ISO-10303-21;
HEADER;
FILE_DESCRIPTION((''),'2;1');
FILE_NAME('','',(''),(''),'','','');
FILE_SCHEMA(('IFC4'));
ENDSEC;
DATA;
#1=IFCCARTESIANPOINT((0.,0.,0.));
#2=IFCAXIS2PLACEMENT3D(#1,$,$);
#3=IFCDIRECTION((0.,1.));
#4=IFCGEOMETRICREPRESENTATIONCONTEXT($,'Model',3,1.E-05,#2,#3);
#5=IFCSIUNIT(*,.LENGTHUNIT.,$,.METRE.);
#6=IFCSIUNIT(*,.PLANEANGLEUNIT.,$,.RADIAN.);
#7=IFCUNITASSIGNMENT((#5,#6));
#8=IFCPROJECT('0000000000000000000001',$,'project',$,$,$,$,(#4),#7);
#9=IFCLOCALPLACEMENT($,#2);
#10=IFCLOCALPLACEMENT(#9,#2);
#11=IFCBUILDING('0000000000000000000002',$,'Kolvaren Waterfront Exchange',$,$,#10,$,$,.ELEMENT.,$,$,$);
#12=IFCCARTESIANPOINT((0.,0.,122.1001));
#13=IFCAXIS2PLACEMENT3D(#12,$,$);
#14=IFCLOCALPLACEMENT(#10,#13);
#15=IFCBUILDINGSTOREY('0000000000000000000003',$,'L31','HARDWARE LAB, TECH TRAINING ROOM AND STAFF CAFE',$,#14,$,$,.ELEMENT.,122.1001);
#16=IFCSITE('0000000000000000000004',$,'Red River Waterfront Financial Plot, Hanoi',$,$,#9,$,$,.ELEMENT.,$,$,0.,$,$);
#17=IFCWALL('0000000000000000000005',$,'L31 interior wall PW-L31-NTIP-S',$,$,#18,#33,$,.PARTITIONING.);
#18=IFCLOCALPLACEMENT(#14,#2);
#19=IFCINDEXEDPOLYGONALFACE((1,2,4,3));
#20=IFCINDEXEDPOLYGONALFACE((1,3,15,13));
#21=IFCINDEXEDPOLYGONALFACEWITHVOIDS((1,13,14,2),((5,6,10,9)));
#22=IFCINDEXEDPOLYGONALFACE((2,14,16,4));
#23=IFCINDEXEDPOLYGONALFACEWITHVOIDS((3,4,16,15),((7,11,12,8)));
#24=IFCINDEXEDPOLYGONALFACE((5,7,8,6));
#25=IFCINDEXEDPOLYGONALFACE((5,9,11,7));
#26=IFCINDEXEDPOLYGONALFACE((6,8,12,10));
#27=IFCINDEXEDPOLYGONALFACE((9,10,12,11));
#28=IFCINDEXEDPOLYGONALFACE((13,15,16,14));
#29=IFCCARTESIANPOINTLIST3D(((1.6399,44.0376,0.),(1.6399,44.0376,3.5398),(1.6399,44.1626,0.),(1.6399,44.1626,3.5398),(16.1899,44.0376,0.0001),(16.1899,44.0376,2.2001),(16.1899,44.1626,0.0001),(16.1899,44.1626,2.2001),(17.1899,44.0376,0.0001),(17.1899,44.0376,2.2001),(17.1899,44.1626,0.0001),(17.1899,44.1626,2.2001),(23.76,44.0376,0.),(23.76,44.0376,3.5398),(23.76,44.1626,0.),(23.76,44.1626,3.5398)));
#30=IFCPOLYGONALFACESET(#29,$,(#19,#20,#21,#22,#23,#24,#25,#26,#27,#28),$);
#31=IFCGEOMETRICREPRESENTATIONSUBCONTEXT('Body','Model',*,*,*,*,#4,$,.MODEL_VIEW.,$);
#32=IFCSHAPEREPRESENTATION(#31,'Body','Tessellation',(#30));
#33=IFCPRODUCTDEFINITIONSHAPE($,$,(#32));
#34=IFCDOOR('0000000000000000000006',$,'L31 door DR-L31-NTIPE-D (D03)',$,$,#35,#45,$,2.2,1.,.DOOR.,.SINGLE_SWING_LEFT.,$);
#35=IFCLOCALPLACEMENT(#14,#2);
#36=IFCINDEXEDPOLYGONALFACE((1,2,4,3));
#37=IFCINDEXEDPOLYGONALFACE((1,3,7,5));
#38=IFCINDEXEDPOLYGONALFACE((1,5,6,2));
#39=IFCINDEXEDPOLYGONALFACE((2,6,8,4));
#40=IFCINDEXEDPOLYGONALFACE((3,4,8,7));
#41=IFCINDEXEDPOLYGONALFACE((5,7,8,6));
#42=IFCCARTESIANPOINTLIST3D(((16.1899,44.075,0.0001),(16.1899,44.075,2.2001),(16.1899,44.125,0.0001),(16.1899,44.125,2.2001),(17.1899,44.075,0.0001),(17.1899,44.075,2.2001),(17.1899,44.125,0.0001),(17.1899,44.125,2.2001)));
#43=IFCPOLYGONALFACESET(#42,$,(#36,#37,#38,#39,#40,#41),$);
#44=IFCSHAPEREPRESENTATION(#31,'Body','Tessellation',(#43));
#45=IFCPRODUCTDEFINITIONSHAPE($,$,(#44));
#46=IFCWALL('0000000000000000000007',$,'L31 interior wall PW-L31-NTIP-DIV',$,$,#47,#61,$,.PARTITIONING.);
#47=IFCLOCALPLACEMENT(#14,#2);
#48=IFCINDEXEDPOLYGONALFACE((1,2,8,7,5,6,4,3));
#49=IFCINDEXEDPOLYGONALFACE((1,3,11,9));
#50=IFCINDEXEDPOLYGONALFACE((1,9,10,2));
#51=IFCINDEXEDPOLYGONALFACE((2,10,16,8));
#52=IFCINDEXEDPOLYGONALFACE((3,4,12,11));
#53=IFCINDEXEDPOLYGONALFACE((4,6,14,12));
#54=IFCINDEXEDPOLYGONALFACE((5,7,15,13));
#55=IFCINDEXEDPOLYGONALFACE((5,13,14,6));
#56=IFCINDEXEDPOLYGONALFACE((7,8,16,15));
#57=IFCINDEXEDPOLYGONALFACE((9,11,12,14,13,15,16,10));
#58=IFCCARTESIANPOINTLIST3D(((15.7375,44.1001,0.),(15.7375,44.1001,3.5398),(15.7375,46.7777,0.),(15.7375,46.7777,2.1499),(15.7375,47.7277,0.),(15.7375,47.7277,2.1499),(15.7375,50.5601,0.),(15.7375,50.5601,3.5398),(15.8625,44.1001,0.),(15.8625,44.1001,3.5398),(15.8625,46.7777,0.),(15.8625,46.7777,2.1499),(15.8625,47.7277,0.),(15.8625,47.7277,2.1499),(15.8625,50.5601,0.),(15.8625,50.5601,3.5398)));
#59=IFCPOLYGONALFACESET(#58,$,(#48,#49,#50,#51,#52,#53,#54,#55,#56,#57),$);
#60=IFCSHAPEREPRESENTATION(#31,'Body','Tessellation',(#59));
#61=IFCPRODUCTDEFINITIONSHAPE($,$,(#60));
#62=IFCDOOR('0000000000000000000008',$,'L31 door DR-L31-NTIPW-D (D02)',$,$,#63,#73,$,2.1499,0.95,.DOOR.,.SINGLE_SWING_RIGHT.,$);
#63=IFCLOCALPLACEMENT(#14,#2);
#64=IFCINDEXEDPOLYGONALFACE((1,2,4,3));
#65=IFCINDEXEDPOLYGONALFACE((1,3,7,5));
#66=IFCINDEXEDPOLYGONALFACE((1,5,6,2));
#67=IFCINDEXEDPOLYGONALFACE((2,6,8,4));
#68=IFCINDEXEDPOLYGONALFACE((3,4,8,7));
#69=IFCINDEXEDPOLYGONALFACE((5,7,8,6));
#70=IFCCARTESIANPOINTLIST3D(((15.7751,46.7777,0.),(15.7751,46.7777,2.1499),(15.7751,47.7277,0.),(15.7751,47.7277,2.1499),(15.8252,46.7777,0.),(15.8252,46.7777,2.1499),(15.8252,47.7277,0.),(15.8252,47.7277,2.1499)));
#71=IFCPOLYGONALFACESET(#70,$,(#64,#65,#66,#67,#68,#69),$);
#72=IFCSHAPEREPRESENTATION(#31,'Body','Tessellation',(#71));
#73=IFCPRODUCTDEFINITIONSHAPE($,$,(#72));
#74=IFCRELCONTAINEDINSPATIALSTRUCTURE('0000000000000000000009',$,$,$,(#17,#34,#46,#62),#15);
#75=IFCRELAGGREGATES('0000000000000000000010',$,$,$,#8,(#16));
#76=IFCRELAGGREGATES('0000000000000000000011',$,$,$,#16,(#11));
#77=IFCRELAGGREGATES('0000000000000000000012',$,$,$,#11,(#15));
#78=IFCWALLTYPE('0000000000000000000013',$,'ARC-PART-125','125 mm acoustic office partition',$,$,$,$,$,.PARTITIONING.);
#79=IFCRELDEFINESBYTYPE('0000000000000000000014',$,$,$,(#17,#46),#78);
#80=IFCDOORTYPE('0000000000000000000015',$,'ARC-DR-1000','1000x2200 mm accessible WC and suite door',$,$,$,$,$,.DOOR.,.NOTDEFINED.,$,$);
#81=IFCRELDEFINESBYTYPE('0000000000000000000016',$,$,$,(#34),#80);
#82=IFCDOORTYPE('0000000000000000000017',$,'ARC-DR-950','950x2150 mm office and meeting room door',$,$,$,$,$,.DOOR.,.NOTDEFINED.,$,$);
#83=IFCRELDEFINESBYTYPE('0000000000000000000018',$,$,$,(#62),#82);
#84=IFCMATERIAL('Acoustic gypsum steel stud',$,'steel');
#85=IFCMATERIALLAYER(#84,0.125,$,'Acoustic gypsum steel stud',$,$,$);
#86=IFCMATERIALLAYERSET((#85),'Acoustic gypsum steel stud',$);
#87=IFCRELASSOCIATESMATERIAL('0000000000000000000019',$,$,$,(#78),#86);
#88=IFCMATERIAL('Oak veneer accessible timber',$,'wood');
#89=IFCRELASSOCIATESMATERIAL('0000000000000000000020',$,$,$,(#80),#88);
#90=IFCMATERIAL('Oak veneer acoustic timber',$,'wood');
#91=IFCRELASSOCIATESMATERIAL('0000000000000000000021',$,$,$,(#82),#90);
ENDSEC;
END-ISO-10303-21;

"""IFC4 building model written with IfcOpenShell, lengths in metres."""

from ifc_helpers import new_model, si_unit, direction, frame, frame_2d, origin, place, context, subcontext, project, spatial, rectangle, extrude, material, layer, layer_set, type_object, element, fill, save


model = new_model("IFC4")

# Units and contexts
model_context = context("Model", 3, precision=1e-05, world=origin(), true_north=direction((0.0, 1.0)))
body_context = subcontext(model_context, "Body", "Model", "MODEL_VIEW")
ifc_project = project(units=[si_unit("LENGTHUNIT", "METRE"), si_unit("PLANEANGLEUNIT", "RADIAN")], contexts=[model_context])

# Site, building, storey
site_placement = place(None, origin())
site = spatial("IfcSite", under=ifc_project, at=site_placement, Name="Red River Waterfront Financial Plot, Hanoi", CompositionType="ELEMENT", RefElevation=0.0)
building_placement = place(site_placement, origin())
building = spatial("IfcBuilding", under=site, at=building_placement, Name="Kolvaren Waterfront Exchange", CompositionType="ELEMENT")
storey_placement = place(building_placement, frame((0.0, 0.0, 122.1001)))
storey = spatial("IfcBuildingStorey", under=building, at=storey_placement, Name="L31", Description="HARDWARE LAB, TECH TRAINING ROOM AND STAFF CAFE", CompositionType="ELEMENT", Elevation=122.1001)

# Walls, openings, doors
ifc_material_1 = material(Name="Acoustic gypsum steel stud", Category="steel")
ifc_layer_1 = layer(ifc_material_1, 0.125, Name="Acoustic gypsum steel stud")
ifc_layer_set_1 = layer_set([ifc_layer_1], Name="Acoustic gypsum steel stud")
wall_type_1 = type_object("IfcWallType", Name="ARC-PART-125", Description="125 mm acoustic office partition", PredefinedType="PARTITIONING", material=ifc_layer_set_1)
wall_1_placement = place(storey_placement, frame((1.6399, 44.1001, 0.0), z_axis=(0.0, 0.0, 1.0), x_axis=(1.0, 0.0, 0.0)))
wall_1 = element("IfcWall", 1, at=wall_1_placement, inside=storey, type_object=wall_type_1, Name="L31 interior wall PW-L31-NTIP-S", PredefinedType="PARTITIONING", context=body_context, shape_type="SweptSolid", body=[
    extrude(rectangle(XDim=22.1201, YDim=0.125, at=frame_2d((11.0601, 0.0))), origin(), (0.0, 0.0, 1.0), 3.5398),
])
opening_1_placement = place(wall_1_placement, frame((14.55, 0.0, 0.0)))
opening_1 = element("IfcOpeningElement", 2, at=opening_1_placement, cuts=wall_1, PredefinedType="OPENING", context=body_context, shape_type="SweptSolid", body=[
    extrude(rectangle(XDim=1.0, YDim=2.2, at=frame_2d((0.5, 1.1001))), frame((0.0, 0.0725, 0.0), z_axis=(0.0, -1.0, 0.0), x_axis=(1.0, 0.0, 0.0)), (0.0, 0.0, 1.0), 0.145),
])
ifc_material_2 = material(Name="Oak veneer accessible timber", Category="wood")
door_type_1 = type_object("IfcDoorType", Name="ARC-DR-1000", Description="1000x2200 mm accessible WC and suite door", OperationType="NOTDEFINED", PredefinedType="DOOR", material=ifc_material_2)
door_1_placement = place(opening_1_placement, origin())
door_1 = element("IfcDoor", 3, at=door_1_placement, inside=storey, type_object=door_type_1, Name="L31 door DR-L31-NTIPE-D (D03)", OperationType="SINGLE_SWING_LEFT", OverallHeight=2.2, OverallWidth=1.0, PredefinedType="DOOR", context=body_context, shape_type="SweptSolid", body=[
    extrude(rectangle(XDim=1.0, YDim=2.2, at=frame_2d((0.5, 1.1001))), frame((0.0, 0.0249, 0.0), z_axis=(0.0, -1.0, 0.0), x_axis=(1.0, 0.0, 0.0)), (0.0, 0.0, 1.0), 0.05),
])
fill(opening_1, door_1)
wall_2_placement = place(storey_placement, frame((15.8, 44.1001, 0.0), z_axis=(0.0, 0.0, 1.0), x_axis=(0.0, 1.0, 0.0)))
wall_2 = element("IfcWall", 4, at=wall_2_placement, inside=storey, type_object=wall_type_1, Name="L31 interior wall PW-L31-NTIP-DIV", PredefinedType="PARTITIONING", context=body_context, shape_type="SweptSolid", body=[
    extrude(rectangle(XDim=6.46, YDim=0.125, at=frame_2d((3.23, 0.0))), origin(), (0.0, 0.0, 1.0), 3.5398),
])
opening_2_placement = place(wall_2_placement, frame((2.6775, 0.0, 0.0)))
opening_2 = element("IfcOpeningElement", 5, at=opening_2_placement, cuts=wall_2, PredefinedType="OPENING", context=body_context, shape_type="SweptSolid", body=[
    extrude(rectangle(XDim=0.95, YDim=2.1499, at=frame_2d((0.4751, 1.075))), frame((0.0, 0.0725, 0.0), z_axis=(0.0, -1.0, 0.0), x_axis=(1.0, 0.0, 0.0)), (0.0, 0.0, 1.0), 0.145),
])
ifc_material_3 = material(Name="Oak veneer acoustic timber", Category="wood")
door_type_2 = type_object("IfcDoorType", Name="ARC-DR-950", Description="950x2150 mm office and meeting room door", OperationType="NOTDEFINED", PredefinedType="DOOR", material=ifc_material_3)
door_2_placement = place(opening_2_placement, origin())
door_2 = element("IfcDoor", 6, at=door_2_placement, inside=storey, type_object=door_type_2, Name="L31 door DR-L31-NTIPW-D (D02)", OperationType="SINGLE_SWING_RIGHT", OverallHeight=2.1499, OverallWidth=0.95, PredefinedType="DOOR", context=body_context, shape_type="SweptSolid", body=[
    extrude(rectangle(XDim=0.95, YDim=2.1499, at=frame_2d((0.4751, 1.075))), frame((0.0, 0.0249, 0.0), z_axis=(0.0, -1.0, 0.0), x_axis=(1.0, 0.0, 0.0)), (0.0, 0.0, 1.0), 0.05),
])
fill(opening_2, door_2)

save(model, "model.ifc")
